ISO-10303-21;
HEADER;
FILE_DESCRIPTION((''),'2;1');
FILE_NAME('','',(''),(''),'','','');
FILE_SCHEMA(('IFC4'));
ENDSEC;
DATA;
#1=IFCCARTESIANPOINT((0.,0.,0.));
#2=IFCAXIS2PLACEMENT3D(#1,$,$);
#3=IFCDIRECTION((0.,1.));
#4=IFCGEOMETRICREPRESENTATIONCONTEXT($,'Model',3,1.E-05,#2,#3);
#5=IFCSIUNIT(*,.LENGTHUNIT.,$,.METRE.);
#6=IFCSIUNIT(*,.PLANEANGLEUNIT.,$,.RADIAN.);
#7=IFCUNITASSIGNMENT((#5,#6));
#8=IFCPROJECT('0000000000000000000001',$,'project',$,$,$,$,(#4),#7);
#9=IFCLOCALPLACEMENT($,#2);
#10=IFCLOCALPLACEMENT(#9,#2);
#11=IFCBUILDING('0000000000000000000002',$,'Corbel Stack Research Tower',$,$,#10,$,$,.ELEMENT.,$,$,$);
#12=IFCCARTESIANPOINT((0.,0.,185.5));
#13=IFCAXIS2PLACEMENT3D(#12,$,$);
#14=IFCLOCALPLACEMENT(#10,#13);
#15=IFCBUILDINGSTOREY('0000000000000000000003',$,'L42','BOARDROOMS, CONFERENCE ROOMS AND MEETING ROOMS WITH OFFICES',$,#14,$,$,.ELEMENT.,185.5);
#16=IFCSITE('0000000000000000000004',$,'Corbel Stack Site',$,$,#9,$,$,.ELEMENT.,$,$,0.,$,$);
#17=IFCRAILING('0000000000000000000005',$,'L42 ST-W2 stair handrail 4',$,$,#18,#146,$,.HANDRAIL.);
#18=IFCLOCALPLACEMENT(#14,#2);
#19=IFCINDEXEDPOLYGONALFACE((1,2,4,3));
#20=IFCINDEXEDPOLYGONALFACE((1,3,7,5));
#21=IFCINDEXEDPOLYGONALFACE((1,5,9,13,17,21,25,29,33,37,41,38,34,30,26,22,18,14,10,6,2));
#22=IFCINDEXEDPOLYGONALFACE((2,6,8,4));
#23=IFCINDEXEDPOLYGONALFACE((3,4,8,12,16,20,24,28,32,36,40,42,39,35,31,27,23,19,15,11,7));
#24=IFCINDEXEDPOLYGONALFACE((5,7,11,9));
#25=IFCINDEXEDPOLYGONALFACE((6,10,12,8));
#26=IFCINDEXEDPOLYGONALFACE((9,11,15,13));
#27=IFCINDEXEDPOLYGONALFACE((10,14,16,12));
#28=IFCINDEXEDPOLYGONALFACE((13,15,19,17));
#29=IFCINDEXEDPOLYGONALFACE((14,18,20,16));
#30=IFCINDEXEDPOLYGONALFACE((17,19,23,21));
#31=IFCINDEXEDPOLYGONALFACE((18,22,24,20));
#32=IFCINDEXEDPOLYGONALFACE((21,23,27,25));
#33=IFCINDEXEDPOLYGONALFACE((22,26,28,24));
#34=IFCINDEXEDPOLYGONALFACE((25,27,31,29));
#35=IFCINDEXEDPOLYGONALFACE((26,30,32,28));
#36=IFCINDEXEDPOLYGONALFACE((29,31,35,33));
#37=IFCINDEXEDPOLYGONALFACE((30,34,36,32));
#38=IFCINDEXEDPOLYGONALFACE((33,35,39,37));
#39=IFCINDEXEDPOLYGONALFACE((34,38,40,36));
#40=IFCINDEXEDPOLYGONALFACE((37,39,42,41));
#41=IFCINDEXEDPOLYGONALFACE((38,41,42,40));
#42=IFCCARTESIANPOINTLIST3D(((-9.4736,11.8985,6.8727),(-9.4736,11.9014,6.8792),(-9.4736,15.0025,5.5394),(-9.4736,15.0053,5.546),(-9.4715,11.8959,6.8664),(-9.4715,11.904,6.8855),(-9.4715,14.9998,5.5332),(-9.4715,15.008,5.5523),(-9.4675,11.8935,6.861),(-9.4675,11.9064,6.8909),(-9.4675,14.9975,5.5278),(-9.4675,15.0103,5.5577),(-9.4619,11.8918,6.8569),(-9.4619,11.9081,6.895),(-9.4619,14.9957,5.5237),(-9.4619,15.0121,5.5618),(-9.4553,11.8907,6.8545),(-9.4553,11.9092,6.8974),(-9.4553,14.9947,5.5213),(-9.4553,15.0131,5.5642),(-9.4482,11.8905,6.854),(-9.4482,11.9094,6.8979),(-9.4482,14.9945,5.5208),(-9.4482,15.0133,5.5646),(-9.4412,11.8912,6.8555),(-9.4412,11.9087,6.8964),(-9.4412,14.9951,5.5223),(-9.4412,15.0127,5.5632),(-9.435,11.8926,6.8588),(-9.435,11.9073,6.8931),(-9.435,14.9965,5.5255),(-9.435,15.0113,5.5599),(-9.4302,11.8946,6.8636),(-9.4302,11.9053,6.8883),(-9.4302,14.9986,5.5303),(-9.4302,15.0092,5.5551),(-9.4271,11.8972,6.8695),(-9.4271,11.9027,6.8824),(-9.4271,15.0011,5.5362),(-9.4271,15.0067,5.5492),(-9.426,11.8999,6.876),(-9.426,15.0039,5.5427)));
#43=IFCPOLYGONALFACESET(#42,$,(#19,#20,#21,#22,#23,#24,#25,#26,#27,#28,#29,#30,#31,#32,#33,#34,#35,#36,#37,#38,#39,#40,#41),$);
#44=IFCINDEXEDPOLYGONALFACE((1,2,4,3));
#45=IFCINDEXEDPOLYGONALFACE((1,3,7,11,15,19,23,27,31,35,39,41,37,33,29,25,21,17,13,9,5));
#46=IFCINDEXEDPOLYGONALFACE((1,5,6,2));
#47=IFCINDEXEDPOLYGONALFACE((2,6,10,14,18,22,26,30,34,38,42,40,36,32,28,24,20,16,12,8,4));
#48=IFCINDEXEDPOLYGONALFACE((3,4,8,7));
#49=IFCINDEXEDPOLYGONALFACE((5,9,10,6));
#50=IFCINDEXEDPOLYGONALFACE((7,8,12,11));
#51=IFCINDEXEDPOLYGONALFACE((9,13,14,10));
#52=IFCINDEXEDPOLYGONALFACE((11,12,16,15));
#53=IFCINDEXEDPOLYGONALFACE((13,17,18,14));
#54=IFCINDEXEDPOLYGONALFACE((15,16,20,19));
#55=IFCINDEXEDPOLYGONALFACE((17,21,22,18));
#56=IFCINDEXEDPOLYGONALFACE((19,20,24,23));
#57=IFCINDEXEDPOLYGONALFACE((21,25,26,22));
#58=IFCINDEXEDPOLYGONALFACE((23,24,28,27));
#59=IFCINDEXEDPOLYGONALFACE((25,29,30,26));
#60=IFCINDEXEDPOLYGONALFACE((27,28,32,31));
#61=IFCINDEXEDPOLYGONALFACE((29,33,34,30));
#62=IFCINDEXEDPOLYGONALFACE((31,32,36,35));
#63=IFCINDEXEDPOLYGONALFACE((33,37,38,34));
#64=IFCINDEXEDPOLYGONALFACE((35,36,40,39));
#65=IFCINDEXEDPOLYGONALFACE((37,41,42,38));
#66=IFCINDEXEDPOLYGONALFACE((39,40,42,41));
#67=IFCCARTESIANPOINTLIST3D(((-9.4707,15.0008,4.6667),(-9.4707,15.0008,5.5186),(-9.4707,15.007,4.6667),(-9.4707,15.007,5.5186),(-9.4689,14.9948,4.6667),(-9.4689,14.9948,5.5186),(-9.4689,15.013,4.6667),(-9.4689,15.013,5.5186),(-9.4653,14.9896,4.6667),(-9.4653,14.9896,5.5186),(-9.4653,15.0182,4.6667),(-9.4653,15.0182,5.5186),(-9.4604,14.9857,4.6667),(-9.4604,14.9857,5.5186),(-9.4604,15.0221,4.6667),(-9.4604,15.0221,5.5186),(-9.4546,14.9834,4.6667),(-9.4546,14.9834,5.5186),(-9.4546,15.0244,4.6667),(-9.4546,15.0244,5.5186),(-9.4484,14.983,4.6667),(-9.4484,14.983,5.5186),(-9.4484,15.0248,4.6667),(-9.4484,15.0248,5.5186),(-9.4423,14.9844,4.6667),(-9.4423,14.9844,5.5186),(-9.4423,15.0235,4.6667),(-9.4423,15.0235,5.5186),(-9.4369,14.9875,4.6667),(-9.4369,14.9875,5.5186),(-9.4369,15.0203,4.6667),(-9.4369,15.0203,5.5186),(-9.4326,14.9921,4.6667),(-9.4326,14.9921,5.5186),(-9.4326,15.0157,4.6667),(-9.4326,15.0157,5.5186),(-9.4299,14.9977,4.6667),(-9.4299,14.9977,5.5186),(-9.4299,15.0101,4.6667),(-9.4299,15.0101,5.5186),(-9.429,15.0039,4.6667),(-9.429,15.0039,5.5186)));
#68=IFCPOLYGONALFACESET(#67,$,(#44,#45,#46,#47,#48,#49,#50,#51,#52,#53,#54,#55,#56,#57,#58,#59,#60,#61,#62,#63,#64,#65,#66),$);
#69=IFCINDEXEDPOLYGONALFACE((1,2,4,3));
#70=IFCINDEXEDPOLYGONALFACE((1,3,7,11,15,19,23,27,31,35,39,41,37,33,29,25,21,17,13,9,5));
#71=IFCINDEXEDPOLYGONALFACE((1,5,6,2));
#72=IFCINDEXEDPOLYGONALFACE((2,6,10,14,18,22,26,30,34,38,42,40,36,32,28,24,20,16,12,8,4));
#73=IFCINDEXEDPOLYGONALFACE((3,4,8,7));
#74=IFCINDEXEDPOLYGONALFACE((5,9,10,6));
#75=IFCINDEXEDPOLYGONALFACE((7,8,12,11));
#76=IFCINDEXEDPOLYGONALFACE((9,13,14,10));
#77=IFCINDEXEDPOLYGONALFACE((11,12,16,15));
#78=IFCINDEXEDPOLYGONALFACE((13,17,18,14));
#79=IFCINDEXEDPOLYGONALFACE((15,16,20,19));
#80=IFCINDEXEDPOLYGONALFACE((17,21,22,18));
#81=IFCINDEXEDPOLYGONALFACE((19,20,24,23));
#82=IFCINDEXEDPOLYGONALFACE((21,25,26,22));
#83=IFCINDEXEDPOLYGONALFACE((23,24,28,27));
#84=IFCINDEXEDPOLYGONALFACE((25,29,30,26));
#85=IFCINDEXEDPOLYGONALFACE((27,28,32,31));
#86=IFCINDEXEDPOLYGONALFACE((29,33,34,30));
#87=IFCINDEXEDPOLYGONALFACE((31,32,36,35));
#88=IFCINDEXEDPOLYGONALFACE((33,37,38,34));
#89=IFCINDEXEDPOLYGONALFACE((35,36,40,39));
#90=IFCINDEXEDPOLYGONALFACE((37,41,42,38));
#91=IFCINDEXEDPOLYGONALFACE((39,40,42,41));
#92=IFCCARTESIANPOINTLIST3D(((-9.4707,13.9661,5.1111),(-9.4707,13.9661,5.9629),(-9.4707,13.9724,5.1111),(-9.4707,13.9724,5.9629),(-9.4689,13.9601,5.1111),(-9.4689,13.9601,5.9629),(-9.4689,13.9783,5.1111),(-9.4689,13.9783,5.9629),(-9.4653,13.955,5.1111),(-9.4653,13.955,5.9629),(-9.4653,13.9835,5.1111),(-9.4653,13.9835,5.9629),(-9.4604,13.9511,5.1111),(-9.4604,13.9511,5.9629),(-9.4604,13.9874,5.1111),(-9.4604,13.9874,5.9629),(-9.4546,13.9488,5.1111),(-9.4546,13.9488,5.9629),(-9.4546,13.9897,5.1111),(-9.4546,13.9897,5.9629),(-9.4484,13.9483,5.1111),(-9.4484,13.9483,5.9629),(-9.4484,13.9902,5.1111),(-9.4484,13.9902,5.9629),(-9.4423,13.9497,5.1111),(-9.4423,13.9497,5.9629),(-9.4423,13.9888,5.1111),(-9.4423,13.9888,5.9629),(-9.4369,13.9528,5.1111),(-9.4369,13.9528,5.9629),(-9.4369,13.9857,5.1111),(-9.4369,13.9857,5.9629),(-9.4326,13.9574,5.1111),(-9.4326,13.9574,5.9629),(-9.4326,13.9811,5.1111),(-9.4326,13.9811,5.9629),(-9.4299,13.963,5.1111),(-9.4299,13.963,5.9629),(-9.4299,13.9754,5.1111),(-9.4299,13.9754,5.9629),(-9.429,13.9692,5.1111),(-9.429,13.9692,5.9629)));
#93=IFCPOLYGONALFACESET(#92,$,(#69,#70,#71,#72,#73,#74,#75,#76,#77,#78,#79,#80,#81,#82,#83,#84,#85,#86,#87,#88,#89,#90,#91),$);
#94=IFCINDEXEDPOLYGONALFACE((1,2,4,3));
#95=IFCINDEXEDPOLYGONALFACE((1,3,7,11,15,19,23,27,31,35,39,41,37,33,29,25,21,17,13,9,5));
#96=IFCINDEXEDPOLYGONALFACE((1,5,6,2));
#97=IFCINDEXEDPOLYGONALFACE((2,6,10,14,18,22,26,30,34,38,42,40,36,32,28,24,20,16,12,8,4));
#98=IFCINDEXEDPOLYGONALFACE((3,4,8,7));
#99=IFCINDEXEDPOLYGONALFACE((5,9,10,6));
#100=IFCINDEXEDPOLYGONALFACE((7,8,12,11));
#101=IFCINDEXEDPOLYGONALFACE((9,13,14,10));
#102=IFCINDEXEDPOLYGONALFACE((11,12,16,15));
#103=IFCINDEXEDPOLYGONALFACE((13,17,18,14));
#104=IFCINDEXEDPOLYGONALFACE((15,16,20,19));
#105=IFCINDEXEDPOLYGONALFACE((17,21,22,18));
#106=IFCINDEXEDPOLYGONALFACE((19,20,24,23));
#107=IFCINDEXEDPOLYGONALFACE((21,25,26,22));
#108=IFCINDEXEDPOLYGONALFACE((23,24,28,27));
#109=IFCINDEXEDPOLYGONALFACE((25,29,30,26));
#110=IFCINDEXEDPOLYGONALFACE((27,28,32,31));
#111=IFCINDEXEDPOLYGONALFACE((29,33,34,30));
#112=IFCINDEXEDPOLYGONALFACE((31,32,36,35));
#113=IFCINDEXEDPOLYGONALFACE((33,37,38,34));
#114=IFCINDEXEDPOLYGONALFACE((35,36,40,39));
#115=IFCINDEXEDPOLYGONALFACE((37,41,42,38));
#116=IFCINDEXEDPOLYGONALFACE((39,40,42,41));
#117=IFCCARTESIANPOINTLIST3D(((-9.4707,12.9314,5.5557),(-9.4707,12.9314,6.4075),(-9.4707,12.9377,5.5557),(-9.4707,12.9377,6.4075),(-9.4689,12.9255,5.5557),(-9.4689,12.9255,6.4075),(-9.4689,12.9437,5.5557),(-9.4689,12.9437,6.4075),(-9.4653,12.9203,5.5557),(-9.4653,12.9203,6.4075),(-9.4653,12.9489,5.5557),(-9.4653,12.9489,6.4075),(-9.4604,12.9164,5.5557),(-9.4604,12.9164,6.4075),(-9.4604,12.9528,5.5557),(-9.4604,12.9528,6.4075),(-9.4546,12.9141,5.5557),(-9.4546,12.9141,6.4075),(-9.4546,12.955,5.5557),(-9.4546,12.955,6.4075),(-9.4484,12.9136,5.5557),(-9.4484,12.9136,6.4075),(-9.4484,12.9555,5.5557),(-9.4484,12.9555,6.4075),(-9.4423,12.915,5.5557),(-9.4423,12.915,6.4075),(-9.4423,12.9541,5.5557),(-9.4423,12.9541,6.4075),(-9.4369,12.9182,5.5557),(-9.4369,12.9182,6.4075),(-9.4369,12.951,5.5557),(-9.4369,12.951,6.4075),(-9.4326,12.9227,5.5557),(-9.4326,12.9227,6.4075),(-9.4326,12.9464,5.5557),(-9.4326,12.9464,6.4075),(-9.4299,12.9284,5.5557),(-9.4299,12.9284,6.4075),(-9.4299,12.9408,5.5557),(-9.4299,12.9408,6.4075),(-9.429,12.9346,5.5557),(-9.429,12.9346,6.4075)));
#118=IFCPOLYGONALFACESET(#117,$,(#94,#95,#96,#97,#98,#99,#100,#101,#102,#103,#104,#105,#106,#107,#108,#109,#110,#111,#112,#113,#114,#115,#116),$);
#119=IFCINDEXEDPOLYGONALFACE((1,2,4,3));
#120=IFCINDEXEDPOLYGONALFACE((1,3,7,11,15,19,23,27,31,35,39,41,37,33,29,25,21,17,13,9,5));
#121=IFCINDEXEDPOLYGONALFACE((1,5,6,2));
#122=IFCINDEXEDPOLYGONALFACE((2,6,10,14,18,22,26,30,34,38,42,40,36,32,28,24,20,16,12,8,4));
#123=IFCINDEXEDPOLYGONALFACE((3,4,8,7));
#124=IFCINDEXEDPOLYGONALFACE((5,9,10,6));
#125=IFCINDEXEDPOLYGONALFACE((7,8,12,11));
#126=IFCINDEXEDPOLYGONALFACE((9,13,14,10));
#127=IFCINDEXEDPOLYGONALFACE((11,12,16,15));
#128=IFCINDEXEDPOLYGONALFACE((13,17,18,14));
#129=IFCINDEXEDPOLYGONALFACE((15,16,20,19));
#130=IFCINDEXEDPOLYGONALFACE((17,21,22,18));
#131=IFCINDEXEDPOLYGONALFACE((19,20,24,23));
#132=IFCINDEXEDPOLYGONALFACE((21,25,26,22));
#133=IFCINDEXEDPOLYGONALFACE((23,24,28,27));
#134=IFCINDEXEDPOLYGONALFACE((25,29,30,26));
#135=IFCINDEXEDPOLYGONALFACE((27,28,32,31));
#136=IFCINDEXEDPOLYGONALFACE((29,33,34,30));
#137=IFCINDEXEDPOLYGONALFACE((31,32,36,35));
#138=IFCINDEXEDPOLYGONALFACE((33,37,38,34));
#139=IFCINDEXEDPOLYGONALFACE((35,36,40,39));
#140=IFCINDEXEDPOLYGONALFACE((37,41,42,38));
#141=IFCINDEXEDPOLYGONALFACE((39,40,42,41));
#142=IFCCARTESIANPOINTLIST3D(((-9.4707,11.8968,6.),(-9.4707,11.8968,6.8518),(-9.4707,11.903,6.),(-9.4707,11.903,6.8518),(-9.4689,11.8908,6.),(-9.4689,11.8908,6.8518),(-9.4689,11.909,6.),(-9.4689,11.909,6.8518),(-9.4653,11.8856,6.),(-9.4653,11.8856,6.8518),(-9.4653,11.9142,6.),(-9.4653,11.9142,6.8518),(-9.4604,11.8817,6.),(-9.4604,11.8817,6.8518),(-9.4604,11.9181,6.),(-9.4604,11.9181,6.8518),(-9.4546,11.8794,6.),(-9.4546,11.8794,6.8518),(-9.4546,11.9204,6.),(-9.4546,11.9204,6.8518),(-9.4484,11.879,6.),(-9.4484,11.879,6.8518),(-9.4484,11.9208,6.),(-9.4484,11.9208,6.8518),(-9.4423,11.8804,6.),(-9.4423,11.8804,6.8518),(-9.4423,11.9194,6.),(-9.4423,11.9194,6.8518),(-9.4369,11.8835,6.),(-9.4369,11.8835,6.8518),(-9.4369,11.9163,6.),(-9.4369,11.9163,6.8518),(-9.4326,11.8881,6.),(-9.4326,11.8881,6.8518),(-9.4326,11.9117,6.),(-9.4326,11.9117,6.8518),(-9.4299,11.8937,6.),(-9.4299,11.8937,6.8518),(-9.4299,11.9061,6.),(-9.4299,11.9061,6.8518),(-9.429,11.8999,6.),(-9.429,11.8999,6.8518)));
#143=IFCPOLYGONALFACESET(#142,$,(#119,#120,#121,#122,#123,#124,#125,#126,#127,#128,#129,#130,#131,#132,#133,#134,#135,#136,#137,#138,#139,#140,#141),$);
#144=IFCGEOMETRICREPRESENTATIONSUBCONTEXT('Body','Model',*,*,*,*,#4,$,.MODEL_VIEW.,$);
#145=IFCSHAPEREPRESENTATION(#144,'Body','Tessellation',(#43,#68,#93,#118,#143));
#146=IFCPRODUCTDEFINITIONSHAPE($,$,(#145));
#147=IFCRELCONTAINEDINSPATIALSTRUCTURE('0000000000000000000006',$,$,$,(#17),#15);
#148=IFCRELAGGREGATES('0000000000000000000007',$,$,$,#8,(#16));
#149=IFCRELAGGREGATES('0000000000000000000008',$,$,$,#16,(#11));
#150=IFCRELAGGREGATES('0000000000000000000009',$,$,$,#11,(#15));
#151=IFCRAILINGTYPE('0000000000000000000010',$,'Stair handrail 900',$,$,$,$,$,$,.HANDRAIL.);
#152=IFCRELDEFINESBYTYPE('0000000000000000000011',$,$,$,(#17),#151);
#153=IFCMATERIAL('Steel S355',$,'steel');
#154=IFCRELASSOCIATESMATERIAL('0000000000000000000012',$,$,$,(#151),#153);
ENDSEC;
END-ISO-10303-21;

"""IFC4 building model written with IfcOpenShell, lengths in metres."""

from ifc_helpers import new_model, si_unit, direction, frame, origin, origin_2d, place, context, subcontext, project, spatial, circle, extrude, material, type_object, element, save


model = new_model("IFC4")

# Units and contexts
model_context = context("Model", 3, precision=1e-05, world=origin(), true_north=direction((0.0, 1.0)))
body_context = subcontext(model_context, "Body", "Model", "MODEL_VIEW")
ifc_project = project(units=[si_unit("LENGTHUNIT", "METRE"), si_unit("PLANEANGLEUNIT", "RADIAN")], contexts=[model_context])

# Site, building, storey
site_placement = place(None, origin())
site = spatial("IfcSite", under=ifc_project, at=site_placement, Name="Corbel Stack Site", CompositionType="ELEMENT", RefElevation=0.0)
building_placement = place(site_placement, origin())
building = spatial("IfcBuilding", under=site, at=building_placement, Name="Corbel Stack Research Tower", CompositionType="ELEMENT")
storey_placement = place(building_placement, frame((0.0, 0.0, 185.5)))
storey = spatial("IfcBuildingStorey", under=building, at=storey_placement, Name="L42", Description="BOARDROOMS, CONFERENCE ROOMS AND MEETING ROOMS WITH OFFICES", CompositionType="ELEMENT", Elevation=185.5)

# Railing
ifc_material_1 = material(Name="Steel S355", Category="steel")
railing_type_1 = type_object("IfcRailingType", Name="Stair handrail 900", PredefinedType="HANDRAIL", material=ifc_material_1)
railing_1_placement = place(storey_placement, frame((-9.45, 15.0039, 4.6667)))
element("IfcRailing", 1, at=railing_1_placement, inside=storey, type_object=railing_type_1, Name="L42 ST-W2 stair handrail 4", PredefinedType="HANDRAIL", context=body_context, shape_type="SweptSolid", body=[
    extrude(circle(Radius=0.0239, at=origin_2d()), frame((0.0, 0.0, 0.876), z_axis=(0.0, -0.918827, 0.394661), x_axis=(1.0, 0.0, 0.0)), (0.0, 0.0, 1.0), 3.3782),
    extrude(circle(Radius=0.021, at=origin_2d()), origin(), (0.0, 0.0, 1.0), 0.8518),
    extrude(circle(Radius=0.021, at=origin_2d()), frame((0.0, -1.0347, 0.4443)), (0.0, 0.0, 1.0), 0.8518),
    extrude(circle(Radius=0.021, at=origin_2d()), frame((0.0, -2.0693, 0.8889)), (0.0, 0.0, 1.0), 0.8518),
    extrude(circle(Radius=0.021, at=origin_2d()), frame((0.0, -3.104, 1.3333)), (0.0, 0.0, 1.0), 0.8518),
])

save(model, "model.ifc")
